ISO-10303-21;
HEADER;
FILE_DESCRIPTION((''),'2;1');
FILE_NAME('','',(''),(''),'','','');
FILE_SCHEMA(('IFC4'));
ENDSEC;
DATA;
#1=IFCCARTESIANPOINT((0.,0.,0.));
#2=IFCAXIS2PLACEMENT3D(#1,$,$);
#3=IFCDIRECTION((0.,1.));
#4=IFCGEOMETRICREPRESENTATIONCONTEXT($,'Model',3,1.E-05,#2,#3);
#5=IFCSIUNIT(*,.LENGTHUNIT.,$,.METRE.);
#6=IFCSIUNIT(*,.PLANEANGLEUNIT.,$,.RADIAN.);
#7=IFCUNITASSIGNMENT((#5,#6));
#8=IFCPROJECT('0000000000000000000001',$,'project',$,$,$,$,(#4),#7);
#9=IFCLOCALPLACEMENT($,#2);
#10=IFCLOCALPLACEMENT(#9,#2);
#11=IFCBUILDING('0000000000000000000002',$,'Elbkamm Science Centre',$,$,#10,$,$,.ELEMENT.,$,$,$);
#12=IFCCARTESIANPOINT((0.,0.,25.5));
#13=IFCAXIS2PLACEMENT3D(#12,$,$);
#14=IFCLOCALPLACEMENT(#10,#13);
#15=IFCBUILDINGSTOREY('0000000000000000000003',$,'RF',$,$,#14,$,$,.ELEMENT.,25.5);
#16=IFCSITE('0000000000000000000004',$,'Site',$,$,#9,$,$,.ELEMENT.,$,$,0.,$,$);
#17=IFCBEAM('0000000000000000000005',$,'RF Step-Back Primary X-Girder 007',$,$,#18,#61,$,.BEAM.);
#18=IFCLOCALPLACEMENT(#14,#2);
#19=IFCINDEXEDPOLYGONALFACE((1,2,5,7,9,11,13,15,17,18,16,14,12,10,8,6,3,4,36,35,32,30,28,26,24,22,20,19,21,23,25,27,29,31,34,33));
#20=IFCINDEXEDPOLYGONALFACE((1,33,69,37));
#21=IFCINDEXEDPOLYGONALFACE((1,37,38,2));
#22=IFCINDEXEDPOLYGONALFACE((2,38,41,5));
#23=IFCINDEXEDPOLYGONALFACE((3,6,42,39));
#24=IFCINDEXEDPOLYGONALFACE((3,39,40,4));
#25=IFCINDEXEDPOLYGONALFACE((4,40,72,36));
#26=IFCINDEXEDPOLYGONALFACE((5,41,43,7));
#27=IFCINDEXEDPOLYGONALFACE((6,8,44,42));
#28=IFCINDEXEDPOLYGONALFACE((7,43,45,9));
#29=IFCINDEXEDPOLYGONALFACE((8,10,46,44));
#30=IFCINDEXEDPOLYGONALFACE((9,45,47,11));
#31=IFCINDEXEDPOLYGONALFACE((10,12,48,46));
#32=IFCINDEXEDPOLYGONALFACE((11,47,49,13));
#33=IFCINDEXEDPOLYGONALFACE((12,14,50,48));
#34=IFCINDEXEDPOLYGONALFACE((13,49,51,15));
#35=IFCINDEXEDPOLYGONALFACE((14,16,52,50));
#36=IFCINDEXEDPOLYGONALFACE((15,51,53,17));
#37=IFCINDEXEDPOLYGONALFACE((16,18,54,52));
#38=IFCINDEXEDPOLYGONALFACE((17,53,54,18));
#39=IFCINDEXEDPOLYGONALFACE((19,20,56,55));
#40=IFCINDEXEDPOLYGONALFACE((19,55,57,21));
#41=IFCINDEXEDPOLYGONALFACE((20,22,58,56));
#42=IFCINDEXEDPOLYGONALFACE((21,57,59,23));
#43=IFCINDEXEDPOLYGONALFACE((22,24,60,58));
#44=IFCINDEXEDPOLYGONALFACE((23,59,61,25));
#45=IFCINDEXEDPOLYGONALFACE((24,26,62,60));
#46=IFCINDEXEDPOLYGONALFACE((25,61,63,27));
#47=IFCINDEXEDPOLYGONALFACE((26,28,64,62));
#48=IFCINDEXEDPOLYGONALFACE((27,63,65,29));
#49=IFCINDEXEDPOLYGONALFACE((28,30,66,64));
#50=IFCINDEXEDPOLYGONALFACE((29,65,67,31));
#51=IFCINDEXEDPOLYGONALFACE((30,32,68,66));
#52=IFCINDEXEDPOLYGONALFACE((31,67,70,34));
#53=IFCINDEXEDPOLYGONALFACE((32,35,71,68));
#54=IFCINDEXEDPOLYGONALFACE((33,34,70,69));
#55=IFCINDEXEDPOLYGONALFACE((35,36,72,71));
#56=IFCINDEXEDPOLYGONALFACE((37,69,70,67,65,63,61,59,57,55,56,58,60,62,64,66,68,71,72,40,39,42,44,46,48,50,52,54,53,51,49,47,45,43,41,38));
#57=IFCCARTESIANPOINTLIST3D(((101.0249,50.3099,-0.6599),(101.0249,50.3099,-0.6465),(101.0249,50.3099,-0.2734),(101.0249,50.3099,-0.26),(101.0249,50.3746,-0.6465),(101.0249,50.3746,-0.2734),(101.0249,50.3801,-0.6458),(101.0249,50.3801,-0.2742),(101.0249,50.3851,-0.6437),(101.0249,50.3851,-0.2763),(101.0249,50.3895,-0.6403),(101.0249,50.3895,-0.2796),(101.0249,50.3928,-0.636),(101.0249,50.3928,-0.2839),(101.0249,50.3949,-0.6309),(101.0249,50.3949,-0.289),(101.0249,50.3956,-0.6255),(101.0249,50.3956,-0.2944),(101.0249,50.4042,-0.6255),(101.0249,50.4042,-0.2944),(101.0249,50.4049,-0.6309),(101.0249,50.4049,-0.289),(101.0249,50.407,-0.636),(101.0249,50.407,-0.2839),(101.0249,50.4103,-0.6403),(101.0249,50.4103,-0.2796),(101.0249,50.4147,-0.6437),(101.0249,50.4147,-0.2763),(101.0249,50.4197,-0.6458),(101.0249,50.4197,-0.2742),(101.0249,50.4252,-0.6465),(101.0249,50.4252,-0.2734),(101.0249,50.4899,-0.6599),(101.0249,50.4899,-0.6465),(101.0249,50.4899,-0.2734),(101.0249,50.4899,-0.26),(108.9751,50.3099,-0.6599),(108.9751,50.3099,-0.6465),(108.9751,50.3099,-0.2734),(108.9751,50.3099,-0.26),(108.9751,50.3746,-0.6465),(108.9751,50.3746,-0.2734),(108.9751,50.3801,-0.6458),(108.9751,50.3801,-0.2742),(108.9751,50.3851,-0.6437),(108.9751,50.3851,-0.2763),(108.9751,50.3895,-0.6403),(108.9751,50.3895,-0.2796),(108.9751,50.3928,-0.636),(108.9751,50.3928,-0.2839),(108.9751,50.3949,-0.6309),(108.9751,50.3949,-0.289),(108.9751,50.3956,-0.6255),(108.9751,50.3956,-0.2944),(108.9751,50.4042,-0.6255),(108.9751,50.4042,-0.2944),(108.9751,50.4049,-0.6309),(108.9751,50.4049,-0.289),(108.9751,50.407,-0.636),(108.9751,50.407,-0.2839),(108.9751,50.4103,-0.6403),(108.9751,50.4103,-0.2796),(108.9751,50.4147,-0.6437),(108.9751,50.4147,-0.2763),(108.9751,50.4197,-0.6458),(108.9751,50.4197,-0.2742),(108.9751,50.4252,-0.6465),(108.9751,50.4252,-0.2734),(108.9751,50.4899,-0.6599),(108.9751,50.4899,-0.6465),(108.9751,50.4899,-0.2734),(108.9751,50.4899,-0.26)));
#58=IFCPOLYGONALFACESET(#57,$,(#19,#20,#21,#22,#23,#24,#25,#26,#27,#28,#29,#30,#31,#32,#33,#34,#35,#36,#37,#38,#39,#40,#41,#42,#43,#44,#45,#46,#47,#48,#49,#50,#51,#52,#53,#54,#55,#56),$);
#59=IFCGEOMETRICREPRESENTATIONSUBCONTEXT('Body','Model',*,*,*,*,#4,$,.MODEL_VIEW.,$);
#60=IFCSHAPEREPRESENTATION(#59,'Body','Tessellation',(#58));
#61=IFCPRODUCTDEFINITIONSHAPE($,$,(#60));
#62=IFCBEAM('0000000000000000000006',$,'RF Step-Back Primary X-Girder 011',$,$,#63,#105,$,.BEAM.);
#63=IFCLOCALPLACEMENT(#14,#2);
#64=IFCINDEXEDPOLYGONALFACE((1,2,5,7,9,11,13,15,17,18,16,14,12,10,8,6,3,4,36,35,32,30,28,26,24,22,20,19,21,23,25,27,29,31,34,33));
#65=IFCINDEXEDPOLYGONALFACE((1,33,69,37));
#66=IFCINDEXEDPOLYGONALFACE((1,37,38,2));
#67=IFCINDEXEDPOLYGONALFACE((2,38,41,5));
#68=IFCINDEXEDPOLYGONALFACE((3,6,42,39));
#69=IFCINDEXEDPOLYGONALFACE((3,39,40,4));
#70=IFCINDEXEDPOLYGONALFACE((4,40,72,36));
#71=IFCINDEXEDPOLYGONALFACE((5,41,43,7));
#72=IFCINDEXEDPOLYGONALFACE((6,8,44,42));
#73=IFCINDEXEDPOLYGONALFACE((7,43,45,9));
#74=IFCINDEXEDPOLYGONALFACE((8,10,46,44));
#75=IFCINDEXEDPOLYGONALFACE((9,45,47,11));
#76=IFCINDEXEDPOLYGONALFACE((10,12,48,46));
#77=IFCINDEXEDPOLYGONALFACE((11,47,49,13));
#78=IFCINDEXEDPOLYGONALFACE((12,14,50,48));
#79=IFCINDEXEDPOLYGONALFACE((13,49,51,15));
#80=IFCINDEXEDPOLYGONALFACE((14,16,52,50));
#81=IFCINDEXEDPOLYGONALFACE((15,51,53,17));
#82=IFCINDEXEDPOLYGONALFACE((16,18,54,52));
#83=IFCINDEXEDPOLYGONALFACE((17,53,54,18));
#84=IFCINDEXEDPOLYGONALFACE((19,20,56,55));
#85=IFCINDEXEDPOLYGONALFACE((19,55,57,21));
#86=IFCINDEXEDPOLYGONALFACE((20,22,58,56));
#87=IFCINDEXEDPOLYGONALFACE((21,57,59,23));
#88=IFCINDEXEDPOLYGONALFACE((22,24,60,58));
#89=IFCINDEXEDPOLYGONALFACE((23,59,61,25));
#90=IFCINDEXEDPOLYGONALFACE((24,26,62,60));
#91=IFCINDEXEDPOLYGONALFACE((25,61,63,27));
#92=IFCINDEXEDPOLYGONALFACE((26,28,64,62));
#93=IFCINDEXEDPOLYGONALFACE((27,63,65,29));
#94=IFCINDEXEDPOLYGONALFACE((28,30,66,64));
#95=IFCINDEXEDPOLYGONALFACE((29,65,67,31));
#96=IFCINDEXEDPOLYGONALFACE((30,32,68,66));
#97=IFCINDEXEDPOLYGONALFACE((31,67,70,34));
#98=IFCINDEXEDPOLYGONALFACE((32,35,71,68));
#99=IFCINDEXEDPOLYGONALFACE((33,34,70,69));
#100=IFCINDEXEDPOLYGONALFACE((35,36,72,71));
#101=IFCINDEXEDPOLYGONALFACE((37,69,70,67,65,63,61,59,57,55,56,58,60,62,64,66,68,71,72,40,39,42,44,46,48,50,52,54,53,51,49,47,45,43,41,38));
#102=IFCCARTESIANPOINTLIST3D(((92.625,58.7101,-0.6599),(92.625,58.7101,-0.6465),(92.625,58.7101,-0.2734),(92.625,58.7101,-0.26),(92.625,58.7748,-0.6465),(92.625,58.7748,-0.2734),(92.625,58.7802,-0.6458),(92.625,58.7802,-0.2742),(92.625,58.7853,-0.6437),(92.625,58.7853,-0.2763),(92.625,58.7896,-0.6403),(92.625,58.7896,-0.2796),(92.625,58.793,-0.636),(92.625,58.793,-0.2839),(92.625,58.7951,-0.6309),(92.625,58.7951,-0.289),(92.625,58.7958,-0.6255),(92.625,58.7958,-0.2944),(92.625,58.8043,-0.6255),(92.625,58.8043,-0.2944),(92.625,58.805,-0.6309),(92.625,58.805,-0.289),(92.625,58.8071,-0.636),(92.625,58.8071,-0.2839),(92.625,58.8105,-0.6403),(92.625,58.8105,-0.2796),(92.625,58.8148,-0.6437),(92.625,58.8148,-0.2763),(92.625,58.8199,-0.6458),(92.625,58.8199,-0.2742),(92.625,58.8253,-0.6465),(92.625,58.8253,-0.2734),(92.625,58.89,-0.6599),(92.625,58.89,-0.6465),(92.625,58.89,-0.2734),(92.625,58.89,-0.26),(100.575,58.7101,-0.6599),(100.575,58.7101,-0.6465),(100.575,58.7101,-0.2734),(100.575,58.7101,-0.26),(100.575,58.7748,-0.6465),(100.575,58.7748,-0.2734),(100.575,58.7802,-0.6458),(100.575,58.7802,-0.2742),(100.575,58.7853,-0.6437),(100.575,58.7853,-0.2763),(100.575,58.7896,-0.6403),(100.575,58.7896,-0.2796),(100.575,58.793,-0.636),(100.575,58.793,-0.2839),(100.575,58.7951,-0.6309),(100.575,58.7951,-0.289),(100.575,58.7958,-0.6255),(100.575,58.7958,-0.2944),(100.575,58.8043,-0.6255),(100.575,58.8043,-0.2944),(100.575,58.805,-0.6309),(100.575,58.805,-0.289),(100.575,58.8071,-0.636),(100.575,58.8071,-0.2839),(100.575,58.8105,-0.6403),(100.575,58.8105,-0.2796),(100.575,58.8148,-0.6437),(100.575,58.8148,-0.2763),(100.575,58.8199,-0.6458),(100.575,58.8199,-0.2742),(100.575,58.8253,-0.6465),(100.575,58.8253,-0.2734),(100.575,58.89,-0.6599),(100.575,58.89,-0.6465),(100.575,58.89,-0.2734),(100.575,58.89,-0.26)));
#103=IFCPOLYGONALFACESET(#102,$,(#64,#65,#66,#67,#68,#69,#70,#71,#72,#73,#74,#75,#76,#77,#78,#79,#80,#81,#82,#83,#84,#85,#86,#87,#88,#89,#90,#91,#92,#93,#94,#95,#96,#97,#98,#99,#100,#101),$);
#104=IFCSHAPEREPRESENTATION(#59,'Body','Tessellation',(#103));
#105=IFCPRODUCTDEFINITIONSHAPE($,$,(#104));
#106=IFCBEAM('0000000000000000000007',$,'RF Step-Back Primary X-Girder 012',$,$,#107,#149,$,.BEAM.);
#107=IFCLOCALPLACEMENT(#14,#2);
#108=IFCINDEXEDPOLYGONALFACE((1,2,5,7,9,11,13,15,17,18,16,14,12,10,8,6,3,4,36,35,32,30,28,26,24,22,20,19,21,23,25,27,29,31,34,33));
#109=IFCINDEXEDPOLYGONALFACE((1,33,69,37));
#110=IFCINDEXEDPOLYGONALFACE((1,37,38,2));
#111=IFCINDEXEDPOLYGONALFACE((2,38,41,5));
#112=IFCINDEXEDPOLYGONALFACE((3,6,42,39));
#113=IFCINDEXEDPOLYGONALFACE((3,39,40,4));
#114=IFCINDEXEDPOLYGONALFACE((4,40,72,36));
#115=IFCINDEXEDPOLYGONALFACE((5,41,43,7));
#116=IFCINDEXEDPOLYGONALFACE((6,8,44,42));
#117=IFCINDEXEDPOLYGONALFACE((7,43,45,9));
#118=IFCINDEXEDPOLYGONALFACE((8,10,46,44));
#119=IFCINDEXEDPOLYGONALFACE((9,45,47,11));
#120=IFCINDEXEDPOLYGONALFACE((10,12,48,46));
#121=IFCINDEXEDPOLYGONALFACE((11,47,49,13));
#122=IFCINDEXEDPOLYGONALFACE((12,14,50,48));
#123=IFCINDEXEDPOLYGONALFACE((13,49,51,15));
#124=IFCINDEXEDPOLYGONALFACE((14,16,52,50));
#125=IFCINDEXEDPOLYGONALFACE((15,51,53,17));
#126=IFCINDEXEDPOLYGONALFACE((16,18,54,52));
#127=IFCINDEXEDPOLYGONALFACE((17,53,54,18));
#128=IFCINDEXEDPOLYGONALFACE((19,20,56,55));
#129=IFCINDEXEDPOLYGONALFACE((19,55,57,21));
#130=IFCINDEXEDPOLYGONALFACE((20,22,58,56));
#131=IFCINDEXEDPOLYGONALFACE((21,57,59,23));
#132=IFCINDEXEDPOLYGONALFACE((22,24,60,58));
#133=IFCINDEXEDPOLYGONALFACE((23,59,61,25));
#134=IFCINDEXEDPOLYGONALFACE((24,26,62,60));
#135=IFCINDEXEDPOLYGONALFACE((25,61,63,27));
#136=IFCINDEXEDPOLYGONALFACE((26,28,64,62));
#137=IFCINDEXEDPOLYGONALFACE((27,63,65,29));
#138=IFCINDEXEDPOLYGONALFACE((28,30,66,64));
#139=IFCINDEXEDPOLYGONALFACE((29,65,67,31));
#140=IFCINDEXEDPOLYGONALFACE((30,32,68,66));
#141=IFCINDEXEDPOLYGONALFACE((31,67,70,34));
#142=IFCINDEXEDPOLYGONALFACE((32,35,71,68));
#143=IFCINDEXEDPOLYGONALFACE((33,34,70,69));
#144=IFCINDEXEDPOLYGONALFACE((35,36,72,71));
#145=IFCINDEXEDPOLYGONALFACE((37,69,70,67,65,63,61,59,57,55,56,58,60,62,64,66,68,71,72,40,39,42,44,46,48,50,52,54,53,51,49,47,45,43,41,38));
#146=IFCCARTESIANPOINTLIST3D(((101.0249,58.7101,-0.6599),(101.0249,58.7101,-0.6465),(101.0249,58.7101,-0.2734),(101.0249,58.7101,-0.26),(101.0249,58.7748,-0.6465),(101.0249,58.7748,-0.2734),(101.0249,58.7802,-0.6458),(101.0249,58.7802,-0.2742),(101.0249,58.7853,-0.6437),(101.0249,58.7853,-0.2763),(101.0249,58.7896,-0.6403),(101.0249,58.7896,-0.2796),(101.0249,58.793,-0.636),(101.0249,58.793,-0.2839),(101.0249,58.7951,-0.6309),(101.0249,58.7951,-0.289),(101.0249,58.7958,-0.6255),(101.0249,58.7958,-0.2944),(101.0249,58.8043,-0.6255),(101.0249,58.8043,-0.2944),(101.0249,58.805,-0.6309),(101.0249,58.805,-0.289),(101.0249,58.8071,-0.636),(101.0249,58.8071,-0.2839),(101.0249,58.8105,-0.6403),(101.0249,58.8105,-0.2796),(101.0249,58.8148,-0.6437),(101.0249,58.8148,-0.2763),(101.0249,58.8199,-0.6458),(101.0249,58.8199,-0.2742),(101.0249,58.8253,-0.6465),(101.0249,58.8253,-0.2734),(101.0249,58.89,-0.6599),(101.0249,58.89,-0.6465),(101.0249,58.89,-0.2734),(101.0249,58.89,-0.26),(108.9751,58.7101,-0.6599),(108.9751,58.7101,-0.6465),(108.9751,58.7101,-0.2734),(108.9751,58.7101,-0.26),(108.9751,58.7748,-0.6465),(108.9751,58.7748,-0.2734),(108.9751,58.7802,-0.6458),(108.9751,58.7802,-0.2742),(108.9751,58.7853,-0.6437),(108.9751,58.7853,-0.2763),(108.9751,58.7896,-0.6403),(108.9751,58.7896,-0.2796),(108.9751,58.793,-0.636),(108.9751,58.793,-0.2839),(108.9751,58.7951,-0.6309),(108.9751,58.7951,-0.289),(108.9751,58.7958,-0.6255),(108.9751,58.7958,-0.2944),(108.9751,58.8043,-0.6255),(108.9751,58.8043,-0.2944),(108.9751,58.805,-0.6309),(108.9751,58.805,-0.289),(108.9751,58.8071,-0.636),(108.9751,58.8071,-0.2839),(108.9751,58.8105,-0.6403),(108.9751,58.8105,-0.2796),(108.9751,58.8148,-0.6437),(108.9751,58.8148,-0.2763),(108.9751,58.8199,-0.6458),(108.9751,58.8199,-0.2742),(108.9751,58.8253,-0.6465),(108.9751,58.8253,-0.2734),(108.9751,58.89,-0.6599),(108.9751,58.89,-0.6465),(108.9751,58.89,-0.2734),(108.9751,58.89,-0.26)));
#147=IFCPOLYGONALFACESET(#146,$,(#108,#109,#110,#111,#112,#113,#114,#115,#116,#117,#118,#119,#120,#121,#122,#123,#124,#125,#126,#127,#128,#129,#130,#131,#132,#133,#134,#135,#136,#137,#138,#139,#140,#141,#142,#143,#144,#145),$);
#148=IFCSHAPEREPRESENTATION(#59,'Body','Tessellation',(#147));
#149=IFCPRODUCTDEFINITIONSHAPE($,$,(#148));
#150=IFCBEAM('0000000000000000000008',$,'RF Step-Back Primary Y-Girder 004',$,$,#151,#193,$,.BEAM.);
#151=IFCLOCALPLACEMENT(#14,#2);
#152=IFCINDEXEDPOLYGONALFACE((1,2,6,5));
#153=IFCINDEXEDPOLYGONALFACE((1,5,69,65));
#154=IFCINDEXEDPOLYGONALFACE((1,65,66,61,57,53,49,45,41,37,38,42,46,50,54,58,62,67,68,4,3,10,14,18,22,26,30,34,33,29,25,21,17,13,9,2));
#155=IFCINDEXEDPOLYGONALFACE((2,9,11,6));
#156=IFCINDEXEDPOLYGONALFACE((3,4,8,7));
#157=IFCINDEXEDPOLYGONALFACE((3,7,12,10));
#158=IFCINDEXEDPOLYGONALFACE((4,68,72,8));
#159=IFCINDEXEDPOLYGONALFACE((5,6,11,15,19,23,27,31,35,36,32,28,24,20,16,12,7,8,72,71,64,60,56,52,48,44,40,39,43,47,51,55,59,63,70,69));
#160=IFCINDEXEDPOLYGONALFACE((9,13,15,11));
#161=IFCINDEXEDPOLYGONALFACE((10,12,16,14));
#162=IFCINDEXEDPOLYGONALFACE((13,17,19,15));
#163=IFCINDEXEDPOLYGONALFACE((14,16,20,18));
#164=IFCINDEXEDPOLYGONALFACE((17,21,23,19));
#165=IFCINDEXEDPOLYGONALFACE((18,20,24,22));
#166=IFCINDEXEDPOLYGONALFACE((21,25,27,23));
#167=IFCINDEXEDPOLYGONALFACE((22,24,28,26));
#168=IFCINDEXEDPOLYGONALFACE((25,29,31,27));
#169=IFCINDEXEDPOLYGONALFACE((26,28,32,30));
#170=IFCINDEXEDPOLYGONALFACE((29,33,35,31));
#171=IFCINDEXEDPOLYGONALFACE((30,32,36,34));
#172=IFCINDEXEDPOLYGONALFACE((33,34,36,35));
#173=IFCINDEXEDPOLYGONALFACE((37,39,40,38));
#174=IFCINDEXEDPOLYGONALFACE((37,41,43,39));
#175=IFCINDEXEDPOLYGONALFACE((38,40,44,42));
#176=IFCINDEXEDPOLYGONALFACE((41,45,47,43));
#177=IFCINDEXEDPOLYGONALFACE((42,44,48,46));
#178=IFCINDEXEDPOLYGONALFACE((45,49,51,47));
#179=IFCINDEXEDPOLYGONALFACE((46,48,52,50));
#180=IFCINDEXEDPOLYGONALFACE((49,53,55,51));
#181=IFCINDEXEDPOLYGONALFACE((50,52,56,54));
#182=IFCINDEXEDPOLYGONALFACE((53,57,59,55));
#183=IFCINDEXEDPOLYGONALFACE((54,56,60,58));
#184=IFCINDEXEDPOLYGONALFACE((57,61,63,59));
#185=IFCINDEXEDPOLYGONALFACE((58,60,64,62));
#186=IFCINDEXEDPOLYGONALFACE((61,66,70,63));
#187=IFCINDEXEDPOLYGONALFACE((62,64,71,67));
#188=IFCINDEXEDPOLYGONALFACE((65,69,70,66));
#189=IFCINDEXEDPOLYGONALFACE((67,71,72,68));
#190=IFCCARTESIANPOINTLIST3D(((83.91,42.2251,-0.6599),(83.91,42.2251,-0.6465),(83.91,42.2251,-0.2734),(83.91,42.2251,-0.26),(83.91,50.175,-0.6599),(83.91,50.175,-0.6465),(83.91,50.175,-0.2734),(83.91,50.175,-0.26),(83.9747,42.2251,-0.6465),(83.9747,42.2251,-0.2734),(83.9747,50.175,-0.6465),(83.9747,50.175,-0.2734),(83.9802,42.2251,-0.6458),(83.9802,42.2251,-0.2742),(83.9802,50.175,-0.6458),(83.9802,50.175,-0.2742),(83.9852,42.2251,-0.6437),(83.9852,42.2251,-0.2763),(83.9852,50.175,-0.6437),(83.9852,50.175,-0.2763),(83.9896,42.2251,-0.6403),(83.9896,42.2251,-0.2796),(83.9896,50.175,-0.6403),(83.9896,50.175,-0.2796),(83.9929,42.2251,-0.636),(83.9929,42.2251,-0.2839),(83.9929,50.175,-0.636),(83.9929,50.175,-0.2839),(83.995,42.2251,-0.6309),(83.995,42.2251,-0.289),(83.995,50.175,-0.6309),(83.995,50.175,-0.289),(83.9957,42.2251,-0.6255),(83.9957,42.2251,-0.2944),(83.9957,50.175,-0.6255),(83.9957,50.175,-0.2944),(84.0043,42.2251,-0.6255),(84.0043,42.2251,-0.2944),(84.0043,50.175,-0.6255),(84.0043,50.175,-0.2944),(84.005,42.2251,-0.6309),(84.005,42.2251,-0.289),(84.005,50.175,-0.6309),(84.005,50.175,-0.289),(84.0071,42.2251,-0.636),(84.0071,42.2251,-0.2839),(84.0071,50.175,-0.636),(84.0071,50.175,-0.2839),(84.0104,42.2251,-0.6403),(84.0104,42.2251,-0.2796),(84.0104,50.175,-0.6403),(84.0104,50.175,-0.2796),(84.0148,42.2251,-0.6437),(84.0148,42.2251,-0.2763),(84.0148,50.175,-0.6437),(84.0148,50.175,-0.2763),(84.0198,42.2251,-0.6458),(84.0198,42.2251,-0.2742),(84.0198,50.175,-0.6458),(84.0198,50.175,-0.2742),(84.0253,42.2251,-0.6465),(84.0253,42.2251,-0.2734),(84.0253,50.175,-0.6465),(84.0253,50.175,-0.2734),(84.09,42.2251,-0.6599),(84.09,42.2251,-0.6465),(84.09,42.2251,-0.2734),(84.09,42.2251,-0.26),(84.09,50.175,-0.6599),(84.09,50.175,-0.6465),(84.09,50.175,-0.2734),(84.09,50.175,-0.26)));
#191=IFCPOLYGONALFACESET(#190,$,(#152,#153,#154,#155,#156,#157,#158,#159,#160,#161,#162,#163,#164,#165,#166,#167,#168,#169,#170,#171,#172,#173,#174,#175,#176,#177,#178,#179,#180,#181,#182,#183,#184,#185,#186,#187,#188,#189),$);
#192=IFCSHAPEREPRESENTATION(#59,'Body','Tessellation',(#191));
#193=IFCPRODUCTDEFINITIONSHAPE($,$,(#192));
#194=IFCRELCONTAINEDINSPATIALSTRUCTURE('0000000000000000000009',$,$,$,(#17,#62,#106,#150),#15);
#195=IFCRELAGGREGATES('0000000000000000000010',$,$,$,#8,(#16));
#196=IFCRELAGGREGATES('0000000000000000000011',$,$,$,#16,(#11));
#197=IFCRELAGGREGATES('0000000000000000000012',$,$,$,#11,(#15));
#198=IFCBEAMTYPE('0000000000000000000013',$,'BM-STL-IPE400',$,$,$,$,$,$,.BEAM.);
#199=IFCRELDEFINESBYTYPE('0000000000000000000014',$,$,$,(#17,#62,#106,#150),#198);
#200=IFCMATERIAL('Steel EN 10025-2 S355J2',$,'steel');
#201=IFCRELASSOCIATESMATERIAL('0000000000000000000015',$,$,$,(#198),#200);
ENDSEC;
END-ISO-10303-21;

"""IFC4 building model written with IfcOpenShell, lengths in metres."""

from ifc_helpers import new_model, si_unit, direction, frame, origin, origin_2d, place, context, subcontext, project, spatial, i_section, extrude, material, material_profile, profile_set, type_object, element, save


model = new_model("IFC4")

# Units and contexts
model_context = context("Model", 3, precision=1e-05, world=origin(), true_north=direction((0.0, 1.0)))
body_context = subcontext(model_context, "Body", "Model", "MODEL_VIEW")
ifc_project = project(units=[si_unit("LENGTHUNIT", "METRE"), si_unit("PLANEANGLEUNIT", "RADIAN")], contexts=[model_context])

# Site, building, storey
site_placement = place(None, origin())
site = spatial("IfcSite", under=ifc_project, at=site_placement, Name="Site", CompositionType="ELEMENT", RefElevation=0.0)
building_placement = place(site_placement, origin())
building = spatial("IfcBuilding", under=site, at=building_placement, Name="Elbkamm Science Centre", CompositionType="ELEMENT")
storey_placement = place(building_placement, frame((0.0, 0.0, 25.5)))
storey = spatial("IfcBuildingStorey", under=building, at=storey_placement, Name="RF", CompositionType="ELEMENT", Elevation=25.5)

# Beams
ifc_material_1 = material(Name="Steel EN 10025-2 S355J2", Category="steel")
ifc_material_profile_1 = material_profile(ifc_material_1, i_section(OverallWidth=0.1799, OverallDepth=0.3999, WebThickness=0.0085, FlangeThickness=0.0134, FilletRadius=0.021, at=origin_2d()), Name="IPE 400")
ifc_profile_set_1 = profile_set([ifc_material_profile_1], Name="Steel EN 10025-2 S355J2")
beam_type_1 = type_object("IfcBeamType", Name="BM-STL-IPE400", PredefinedType="BEAM", material=ifc_profile_set_1)
beam_1_placement = place(storey_placement, frame((101.0249, 50.3999, -0.46), z_axis=(1.0, 0.0, 0.0), x_axis=(0.0, 1.0, 0.0)))
element("IfcBeam", 1, at=beam_1_placement, inside=storey, type_object=beam_type_1, Name="RF Step-Back Primary X-Girder 007", PredefinedType="BEAM", context=body_context, shape_type="SweptSolid", body=[
    extrude(i_section(OverallWidth=0.1799, OverallDepth=0.3999, WebThickness=0.0085, FlangeThickness=0.0134, FilletRadius=0.021, at=origin_2d()), origin(), (0.0, 0.0, 1.0), 7.9502),
])
beam_2_placement = place(storey_placement, frame((92.625, 58.8, -0.46), z_axis=(1.0, 0.0, 0.0), x_axis=(0.0, 1.0, 0.0)))
element("IfcBeam", 2, at=beam_2_placement, inside=storey, type_object=beam_type_1, Name="RF Step-Back Primary X-Girder 011", PredefinedType="BEAM", context=body_context, shape_type="SweptSolid", body=[
    extrude(i_section(OverallWidth=0.1799, OverallDepth=0.3999, WebThickness=0.0085, FlangeThickness=0.0134, FilletRadius=0.021, at=origin_2d()), origin(), (0.0, 0.0, 1.0), 7.95),
])
beam_3_placement = place(storey_placement, frame((101.0249, 58.8, -0.46), z_axis=(1.0, 0.0, 0.0), x_axis=(0.0, 1.0, 0.0)))
element("IfcBeam", 3, at=beam_3_placement, inside=storey, type_object=beam_type_1, Name="RF Step-Back Primary X-Girder 012", PredefinedType="BEAM", context=body_context, shape_type="SweptSolid", body=[
    extrude(i_section(OverallWidth=0.1799, OverallDepth=0.3999, WebThickness=0.0085, FlangeThickness=0.0134, FilletRadius=0.021, at=origin_2d()), origin(), (0.0, 0.0, 1.0), 7.9502),
])
for number, where, z_axis, x_axis, name in (
    (4, (84.0, 42.2251, -0.46), (0.0, 1.0, 0.0), (-1.0, 0.0, 0.0), "RF Step-Back Primary Y-Girder 004"),
):
    element("IfcBeam", number, at=place(storey_placement, frame(where, z_axis=z_axis, x_axis=x_axis)), inside=storey, type_object=beam_type_1, Name=name, PredefinedType="BEAM", context=body_context, shape_type="SweptSolid", body=[
        extrude(i_section(OverallWidth=0.1799, OverallDepth=0.3999, WebThickness=0.0085, FlangeThickness=0.0134, FilletRadius=0.021, at=origin_2d()), origin(), (0.0, 0.0, 1.0), 7.95),
    ])

save(model, "model.ifc")
